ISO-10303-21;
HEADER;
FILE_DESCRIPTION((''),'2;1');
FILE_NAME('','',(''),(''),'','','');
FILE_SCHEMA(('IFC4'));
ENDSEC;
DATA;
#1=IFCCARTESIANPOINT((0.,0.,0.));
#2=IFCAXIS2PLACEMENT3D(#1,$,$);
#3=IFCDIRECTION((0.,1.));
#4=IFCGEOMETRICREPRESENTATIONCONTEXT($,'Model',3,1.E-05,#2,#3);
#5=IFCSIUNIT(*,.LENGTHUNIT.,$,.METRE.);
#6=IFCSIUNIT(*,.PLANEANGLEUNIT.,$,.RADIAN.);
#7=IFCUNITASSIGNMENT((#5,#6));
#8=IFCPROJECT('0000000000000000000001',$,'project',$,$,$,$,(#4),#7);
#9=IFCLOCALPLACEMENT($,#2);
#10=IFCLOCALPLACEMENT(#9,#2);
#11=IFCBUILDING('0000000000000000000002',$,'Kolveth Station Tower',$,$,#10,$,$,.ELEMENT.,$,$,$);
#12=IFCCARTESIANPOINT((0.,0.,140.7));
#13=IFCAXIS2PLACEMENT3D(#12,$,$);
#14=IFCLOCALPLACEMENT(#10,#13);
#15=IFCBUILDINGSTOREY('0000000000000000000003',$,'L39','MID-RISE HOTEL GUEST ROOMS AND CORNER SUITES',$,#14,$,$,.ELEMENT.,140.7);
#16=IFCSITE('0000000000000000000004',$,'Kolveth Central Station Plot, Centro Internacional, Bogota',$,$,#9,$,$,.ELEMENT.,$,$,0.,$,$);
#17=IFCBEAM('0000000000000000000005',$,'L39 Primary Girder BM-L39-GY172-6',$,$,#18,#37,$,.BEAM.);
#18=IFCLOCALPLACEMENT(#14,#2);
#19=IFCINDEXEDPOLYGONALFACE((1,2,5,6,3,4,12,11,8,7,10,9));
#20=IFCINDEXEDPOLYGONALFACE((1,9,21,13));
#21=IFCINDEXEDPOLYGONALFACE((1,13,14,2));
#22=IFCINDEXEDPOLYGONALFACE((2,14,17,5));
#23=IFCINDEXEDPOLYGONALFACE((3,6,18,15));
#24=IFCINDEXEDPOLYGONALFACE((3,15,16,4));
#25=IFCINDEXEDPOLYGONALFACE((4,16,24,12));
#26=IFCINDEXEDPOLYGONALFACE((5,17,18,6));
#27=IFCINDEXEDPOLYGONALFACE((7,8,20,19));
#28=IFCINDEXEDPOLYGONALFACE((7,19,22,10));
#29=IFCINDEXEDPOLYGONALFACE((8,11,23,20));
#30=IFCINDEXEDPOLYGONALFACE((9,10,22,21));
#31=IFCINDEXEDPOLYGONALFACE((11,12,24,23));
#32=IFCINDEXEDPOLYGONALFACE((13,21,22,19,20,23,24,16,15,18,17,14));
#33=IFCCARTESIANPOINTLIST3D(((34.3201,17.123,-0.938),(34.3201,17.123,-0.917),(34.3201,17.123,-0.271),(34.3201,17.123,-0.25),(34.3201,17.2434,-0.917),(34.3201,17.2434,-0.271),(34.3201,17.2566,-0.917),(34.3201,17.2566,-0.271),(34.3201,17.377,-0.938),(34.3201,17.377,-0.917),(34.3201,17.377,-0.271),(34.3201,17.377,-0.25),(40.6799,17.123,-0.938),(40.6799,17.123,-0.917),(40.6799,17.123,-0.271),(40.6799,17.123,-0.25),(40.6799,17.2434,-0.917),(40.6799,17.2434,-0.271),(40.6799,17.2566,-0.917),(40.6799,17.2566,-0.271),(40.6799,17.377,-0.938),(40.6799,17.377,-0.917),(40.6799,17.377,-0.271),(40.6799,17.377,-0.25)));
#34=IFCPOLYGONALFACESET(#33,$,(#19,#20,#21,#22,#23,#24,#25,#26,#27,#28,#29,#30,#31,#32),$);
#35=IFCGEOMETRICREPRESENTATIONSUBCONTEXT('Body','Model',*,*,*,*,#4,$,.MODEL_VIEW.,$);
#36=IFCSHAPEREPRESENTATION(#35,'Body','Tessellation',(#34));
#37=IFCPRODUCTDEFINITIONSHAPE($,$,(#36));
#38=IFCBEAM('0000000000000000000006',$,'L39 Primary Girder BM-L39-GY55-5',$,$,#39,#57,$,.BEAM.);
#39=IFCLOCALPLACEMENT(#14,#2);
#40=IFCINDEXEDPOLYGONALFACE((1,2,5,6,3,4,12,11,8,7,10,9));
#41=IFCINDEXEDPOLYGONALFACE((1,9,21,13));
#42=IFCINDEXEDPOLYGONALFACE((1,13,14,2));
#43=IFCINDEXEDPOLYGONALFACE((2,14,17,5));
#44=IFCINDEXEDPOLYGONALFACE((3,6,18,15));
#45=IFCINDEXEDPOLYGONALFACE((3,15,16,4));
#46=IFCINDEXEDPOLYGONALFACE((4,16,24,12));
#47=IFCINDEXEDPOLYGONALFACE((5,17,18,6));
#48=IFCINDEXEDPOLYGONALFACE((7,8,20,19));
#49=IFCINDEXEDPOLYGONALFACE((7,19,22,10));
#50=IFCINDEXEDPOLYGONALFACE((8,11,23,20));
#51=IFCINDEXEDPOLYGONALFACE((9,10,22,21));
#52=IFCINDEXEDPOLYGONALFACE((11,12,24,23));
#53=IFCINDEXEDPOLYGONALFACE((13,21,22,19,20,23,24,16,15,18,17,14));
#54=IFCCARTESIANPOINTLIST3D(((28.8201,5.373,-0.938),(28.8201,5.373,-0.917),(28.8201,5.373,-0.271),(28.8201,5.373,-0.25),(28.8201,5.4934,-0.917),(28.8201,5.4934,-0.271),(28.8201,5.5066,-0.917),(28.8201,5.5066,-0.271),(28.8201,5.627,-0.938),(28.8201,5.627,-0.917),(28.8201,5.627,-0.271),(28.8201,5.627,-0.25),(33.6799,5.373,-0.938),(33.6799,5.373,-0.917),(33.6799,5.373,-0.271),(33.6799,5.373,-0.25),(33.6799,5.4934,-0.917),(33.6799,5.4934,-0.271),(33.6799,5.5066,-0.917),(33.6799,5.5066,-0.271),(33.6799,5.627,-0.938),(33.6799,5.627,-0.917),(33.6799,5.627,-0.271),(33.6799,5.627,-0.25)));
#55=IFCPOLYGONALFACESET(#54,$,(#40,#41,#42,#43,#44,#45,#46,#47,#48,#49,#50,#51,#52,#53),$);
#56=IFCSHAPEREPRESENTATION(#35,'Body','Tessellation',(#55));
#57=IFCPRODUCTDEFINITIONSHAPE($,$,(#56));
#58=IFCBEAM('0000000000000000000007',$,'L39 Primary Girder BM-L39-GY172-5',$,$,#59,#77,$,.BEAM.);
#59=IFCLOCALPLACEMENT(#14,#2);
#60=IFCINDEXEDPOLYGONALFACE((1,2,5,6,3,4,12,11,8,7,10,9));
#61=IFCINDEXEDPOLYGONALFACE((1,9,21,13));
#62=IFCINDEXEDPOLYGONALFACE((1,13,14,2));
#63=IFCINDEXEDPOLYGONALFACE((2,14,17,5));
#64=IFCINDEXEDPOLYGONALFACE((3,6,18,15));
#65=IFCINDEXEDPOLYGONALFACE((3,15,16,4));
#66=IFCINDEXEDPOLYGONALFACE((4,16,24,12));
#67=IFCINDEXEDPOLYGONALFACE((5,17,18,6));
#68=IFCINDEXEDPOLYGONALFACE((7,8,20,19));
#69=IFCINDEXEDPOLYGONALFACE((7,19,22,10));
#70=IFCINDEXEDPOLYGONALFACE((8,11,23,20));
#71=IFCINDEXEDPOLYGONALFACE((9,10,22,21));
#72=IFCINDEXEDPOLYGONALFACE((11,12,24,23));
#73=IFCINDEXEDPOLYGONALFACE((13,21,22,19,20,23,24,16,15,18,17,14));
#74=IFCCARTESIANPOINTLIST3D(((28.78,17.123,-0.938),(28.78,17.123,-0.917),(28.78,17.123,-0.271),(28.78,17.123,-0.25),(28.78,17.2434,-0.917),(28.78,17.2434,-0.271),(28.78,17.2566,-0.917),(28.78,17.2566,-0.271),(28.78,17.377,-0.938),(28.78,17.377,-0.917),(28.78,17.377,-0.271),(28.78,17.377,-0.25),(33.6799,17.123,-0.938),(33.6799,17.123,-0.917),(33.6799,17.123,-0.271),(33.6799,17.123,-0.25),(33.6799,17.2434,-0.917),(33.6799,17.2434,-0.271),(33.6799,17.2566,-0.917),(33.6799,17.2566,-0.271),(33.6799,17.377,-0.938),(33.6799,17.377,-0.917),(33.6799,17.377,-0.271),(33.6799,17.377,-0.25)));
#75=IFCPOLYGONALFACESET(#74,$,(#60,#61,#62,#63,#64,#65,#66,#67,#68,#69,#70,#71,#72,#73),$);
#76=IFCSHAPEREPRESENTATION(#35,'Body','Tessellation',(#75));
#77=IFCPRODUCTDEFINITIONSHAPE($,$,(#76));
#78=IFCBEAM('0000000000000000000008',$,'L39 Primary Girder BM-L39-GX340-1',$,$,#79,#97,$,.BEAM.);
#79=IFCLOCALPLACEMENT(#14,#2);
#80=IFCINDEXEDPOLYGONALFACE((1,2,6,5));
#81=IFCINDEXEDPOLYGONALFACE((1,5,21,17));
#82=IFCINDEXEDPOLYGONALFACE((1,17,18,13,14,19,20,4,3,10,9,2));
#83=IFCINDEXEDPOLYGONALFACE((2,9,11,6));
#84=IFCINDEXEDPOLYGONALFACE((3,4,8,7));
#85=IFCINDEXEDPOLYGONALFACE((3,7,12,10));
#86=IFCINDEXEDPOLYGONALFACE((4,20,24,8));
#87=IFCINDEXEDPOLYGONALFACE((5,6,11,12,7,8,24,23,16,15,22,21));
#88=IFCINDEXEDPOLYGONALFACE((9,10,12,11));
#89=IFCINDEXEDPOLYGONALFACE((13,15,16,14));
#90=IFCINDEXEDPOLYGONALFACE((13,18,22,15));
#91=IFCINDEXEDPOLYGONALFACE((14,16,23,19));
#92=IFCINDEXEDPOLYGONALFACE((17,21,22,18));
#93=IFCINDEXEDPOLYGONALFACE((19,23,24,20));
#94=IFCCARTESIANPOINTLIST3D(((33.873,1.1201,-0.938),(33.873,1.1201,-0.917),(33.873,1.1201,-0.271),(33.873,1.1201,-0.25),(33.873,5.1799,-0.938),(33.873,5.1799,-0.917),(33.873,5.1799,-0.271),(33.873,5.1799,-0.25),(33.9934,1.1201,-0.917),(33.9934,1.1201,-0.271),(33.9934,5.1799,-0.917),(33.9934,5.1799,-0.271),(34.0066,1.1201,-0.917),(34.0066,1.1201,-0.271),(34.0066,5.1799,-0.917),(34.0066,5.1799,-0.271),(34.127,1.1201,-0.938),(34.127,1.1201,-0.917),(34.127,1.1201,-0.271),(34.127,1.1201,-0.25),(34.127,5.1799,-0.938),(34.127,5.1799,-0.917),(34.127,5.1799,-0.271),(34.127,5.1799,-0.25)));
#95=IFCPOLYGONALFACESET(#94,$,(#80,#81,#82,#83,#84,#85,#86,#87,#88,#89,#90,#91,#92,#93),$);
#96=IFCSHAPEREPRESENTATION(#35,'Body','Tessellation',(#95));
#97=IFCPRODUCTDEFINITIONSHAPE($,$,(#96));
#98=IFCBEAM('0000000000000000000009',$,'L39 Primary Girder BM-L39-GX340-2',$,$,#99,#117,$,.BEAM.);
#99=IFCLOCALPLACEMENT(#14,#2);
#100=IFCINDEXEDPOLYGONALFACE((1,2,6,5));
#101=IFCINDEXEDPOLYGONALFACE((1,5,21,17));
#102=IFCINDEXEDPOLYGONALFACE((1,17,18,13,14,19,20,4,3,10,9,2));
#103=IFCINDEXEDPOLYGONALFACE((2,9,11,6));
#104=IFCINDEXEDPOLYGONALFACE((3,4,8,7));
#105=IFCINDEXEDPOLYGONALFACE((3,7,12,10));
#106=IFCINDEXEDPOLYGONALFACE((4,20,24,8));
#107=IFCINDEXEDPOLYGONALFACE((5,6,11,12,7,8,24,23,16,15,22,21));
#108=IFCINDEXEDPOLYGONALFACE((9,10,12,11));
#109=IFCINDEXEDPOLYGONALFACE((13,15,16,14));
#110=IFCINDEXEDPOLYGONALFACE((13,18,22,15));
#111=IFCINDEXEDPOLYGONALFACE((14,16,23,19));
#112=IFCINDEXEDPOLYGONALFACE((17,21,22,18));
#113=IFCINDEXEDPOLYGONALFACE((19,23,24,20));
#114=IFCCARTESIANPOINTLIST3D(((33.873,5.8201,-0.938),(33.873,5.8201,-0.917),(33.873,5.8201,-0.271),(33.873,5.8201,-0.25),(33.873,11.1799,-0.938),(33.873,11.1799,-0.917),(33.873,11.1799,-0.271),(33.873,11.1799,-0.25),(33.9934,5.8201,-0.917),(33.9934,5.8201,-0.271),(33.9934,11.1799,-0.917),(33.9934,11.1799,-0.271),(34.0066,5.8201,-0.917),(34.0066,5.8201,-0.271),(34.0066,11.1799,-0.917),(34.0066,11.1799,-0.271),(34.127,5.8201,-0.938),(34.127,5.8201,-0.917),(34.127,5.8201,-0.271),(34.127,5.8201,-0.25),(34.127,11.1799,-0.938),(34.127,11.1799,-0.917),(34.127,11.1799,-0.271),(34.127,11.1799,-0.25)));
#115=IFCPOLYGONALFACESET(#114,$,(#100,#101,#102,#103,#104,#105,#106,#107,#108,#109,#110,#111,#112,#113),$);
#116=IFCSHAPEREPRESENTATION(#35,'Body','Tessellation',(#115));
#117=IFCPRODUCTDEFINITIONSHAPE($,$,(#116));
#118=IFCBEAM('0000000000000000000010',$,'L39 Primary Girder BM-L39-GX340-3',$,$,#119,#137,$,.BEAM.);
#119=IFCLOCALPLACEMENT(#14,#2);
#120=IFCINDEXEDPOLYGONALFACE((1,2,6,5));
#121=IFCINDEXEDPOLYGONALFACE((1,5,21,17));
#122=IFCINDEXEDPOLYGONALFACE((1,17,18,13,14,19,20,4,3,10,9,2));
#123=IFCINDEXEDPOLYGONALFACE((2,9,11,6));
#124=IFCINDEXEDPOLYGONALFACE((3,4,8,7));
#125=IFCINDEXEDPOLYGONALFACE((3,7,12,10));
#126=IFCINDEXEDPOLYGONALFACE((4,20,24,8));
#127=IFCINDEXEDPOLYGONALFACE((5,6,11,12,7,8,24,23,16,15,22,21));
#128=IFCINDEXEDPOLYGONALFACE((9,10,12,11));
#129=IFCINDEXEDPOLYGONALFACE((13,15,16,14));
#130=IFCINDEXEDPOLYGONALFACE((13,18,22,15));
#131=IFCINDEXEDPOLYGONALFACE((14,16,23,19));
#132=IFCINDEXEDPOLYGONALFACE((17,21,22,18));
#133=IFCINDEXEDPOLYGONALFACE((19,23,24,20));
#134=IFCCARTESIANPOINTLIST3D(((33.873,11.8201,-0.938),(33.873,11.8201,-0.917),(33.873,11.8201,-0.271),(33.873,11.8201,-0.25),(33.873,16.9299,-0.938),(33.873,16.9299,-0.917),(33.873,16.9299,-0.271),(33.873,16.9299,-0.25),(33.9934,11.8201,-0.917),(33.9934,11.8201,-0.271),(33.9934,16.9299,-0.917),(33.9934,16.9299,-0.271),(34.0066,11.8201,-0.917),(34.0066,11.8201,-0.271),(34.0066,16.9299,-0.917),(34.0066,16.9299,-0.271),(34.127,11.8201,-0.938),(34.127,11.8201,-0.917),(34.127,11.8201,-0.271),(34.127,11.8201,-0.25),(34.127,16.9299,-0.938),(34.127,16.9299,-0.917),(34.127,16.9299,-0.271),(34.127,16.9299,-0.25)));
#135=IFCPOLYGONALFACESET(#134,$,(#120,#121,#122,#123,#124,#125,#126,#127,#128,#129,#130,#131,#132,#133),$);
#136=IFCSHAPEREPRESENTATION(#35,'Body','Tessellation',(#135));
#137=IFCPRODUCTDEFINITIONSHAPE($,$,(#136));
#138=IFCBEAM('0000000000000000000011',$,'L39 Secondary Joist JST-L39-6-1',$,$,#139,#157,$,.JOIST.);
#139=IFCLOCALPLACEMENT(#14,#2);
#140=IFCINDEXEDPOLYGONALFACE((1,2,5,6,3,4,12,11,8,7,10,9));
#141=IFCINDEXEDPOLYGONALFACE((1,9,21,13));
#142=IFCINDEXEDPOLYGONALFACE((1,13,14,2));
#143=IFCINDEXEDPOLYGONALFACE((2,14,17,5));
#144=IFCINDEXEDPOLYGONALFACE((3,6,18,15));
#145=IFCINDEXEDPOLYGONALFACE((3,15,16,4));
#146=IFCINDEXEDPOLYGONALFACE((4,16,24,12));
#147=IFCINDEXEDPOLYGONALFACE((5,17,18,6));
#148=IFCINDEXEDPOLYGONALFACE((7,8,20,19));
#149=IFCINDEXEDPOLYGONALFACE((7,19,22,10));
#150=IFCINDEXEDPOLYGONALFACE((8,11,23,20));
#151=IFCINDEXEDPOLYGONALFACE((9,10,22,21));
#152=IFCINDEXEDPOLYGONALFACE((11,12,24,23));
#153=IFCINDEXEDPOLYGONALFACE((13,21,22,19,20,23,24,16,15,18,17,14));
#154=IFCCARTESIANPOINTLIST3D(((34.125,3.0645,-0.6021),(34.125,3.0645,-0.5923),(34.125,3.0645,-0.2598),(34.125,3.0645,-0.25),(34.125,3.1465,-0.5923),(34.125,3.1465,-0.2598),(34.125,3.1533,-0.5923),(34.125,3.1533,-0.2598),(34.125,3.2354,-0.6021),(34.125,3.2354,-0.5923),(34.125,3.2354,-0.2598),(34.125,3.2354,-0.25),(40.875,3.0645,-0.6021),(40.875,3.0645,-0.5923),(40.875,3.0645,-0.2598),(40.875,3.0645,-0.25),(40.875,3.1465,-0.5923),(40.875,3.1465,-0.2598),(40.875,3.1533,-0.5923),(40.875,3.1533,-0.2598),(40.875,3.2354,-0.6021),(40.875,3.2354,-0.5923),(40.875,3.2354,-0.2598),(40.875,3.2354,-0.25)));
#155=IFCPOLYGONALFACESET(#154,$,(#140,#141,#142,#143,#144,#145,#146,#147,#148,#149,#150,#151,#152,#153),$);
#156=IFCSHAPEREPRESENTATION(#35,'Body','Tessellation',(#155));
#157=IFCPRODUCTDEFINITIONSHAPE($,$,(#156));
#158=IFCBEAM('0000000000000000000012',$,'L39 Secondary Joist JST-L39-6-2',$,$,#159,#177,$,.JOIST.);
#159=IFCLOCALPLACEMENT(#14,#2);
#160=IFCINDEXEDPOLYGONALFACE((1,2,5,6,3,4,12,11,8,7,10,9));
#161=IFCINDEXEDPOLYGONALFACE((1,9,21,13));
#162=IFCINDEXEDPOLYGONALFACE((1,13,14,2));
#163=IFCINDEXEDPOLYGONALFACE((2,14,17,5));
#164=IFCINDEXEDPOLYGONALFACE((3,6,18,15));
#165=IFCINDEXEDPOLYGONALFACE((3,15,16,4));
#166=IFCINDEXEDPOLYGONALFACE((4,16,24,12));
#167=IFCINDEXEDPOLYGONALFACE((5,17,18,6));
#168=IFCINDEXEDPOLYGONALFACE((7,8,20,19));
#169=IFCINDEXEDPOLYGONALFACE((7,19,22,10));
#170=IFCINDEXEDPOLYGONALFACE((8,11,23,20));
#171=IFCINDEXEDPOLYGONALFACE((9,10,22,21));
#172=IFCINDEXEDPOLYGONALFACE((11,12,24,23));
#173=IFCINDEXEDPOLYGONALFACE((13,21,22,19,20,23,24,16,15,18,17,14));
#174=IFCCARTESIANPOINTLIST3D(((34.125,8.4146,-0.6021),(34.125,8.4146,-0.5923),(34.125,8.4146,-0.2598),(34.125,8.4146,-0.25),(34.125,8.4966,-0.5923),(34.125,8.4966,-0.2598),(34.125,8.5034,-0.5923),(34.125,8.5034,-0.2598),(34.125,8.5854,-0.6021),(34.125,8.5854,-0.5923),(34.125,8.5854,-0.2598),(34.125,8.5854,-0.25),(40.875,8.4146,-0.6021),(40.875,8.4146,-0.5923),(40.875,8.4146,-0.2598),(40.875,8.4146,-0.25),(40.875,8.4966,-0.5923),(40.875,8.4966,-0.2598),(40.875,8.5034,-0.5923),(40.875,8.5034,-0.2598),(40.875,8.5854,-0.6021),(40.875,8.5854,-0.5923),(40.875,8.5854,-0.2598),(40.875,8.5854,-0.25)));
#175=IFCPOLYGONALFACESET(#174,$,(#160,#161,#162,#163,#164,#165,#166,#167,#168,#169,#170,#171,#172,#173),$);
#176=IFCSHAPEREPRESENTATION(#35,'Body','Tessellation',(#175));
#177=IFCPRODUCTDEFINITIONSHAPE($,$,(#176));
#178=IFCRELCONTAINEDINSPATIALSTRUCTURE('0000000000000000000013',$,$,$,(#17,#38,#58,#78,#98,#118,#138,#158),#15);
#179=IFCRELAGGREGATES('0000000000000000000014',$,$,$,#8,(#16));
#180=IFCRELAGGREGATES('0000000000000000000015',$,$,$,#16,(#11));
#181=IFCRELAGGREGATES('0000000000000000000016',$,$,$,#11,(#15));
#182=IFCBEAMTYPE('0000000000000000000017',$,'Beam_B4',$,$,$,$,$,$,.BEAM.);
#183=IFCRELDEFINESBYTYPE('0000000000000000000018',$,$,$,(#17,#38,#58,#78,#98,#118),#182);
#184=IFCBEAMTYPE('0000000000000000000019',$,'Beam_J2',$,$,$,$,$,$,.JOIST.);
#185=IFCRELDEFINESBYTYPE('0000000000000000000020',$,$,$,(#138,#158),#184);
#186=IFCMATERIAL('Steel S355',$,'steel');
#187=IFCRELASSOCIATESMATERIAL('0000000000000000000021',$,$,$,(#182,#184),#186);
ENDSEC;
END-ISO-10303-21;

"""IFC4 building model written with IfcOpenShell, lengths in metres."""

from ifc_helpers import new_model, si_unit, direction, frame, origin, origin_2d, place, context, subcontext, project, spatial, i_section, extrude, source, transform, mapped, material, material_profile, profile_set, type_object, element, save


model = new_model("IFC4")

# Units and contexts
model_context = context("Model", 3, precision=1e-05, world=origin(), true_north=direction((0.0, 1.0)))
body_context = subcontext(model_context, "Body", "Model", "MODEL_VIEW")
ifc_project = project(units=[si_unit("LENGTHUNIT", "METRE"), si_unit("PLANEANGLEUNIT", "RADIAN")], contexts=[model_context])

# Site, building, storey
site_placement = place(None, origin())
site = spatial("IfcSite", under=ifc_project, at=site_placement, Name="Kolveth Central Station Plot, Centro Internacional, Bogota", CompositionType="ELEMENT", RefElevation=0.0)
building_placement = place(site_placement, origin())
building = spatial("IfcBuilding", under=site, at=building_placement, Name="Kolveth Station Tower", CompositionType="ELEMENT")
storey_placement = place(building_placement, frame((0.0, 0.0, 140.7)))
storey = spatial("IfcBuildingStorey", under=building, at=storey_placement, Name="L39", Description="MID-RISE HOTEL GUEST ROOMS AND CORNER SUITES", CompositionType="ELEMENT", Elevation=140.7)

# Beams
ifc_material_1 = material(Name="Steel S355", Category="steel")
ifc_material_profile_1 = material_profile(ifc_material_1, i_section(OverallWidth=0.2539, OverallDepth=0.688, WebThickness=0.0132, FlangeThickness=0.021, at=origin_2d()), Name="W690x152")
ifc_profile_set_1 = profile_set([ifc_material_profile_1], Name="Steel S355")
beam_type_1 = type_object("IfcBeamType", Name="Beam_B4", PredefinedType="BEAM", material=ifc_profile_set_1)
shared_shape_1 = source(origin(), body_context, "Body", "SweptSolid", [
    extrude(i_section(OverallWidth=0.2539, OverallDepth=0.688, WebThickness=0.0132, FlangeThickness=0.021, at=origin_2d()), origin(), (0.0, 0.0, 1.0), 6.3599),
])
for number, where, z_axis, x_axis, name in (
    (1, (34.3201, 17.25, -0.594), (1.0, 0.0, 0.0), (0.0, 1.0, 0.0), "L39 Primary Girder BM-L39-GY172-6"),
):
    element("IfcBeam", number, at=place(storey_placement, frame(where, z_axis=z_axis, x_axis=x_axis)), inside=storey, type_object=beam_type_1, Name=name, PredefinedType="BEAM", context=body_context, shape_type="MappedRepresentation", body=[
        mapped(shared_shape_1, transform((0.0, 0.0, 0.0), x_axis=(1.0, 0.0, 0.0), y_axis=(0.0, 1.0, 0.0), z_axis=(0.0, 0.0, 1.0), scale=1.0)),
    ])
shared_shape_2 = source(origin(), body_context, "Body", "SweptSolid", [
    extrude(i_section(OverallWidth=0.2539, OverallDepth=0.688, WebThickness=0.0132, FlangeThickness=0.021, at=origin_2d()), origin(), (0.0, 0.0, 1.0), 4.8599),
])
beam_1_placement = place(storey_placement, frame((28.8201, 5.5, -0.594), z_axis=(1.0, 0.0, 0.0), x_axis=(0.0, 1.0, 0.0)))
element("IfcBeam", 2, at=beam_1_placement, inside=storey, type_object=beam_type_1, Name="L39 Primary Girder BM-L39-GY55-5", PredefinedType="BEAM", context=body_context, shape_type="MappedRepresentation", body=[
    mapped(shared_shape_2, transform((0.0, 0.0, 0.0), x_axis=(1.0, 0.0, 0.0), y_axis=(0.0, 1.0, 0.0), z_axis=(0.0, 0.0, 1.0), scale=1.0)),
])
shared_shape_3 = source(origin(), body_context, "Body", "SweptSolid", [
    extrude(i_section(OverallWidth=0.2539, OverallDepth=0.688, WebThickness=0.0132, FlangeThickness=0.021, at=origin_2d()), origin(), (0.0, 0.0, 1.0), 4.8999),
])
beam_2_placement = place(storey_placement, frame((28.78, 17.25, -0.594), z_axis=(1.0, 0.0, 0.0), x_axis=(0.0, 1.0, 0.0)))
element("IfcBeam", 3, at=beam_2_placement, inside=storey, type_object=beam_type_1, Name="L39 Primary Girder BM-L39-GY172-5", PredefinedType="BEAM", context=body_context, shape_type="MappedRepresentation", body=[
    mapped(shared_shape_3, transform((0.0, 0.0, 0.0), x_axis=(1.0, 0.0, 0.0), y_axis=(0.0, 1.0, 0.0), z_axis=(0.0, 0.0, 1.0), scale=1.0)),
])
shared_shape_4 = source(origin(), body_context, "Body", "SweptSolid", [
    extrude(i_section(OverallWidth=0.2539, OverallDepth=0.688, WebThickness=0.0132, FlangeThickness=0.021, at=origin_2d()), origin(), (0.0, 0.0, 1.0), 4.0598),
])
beam_3_placement = place(storey_placement, frame((34.0, 1.1201, -0.594), z_axis=(0.0, 1.0, 0.0), x_axis=(-1.0, 0.0, 0.0)))
element("IfcBeam", 4, at=beam_3_placement, inside=storey, type_object=beam_type_1, Name="L39 Primary Girder BM-L39-GX340-1", PredefinedType="BEAM", context=body_context, shape_type="MappedRepresentation", body=[
    mapped(shared_shape_4, transform((0.0, 0.0, 0.0), x_axis=(1.0, 0.0, 0.0), y_axis=(0.0, 1.0, 0.0), z_axis=(0.0, 0.0, 1.0), scale=1.0)),
])
shared_shape_5 = source(origin(), body_context, "Body", "SweptSolid", [
    extrude(i_section(OverallWidth=0.2539, OverallDepth=0.688, WebThickness=0.0132, FlangeThickness=0.021, at=origin_2d()), origin(), (0.0, 0.0, 1.0), 5.3599),
])
beam_4_placement = place(storey_placement, frame((34.0, 5.8201, -0.594), z_axis=(0.0, 1.0, 0.0), x_axis=(-1.0, 0.0, 0.0)))
element("IfcBeam", 5, at=beam_4_placement, inside=storey, type_object=beam_type_1, Name="L39 Primary Girder BM-L39-GX340-2", PredefinedType="BEAM", context=body_context, shape_type="MappedRepresentation", body=[
    mapped(shared_shape_5, transform((0.0, 0.0, 0.0), x_axis=(1.0, 0.0, 0.0), y_axis=(0.0, 1.0, 0.0), z_axis=(0.0, 0.0, 1.0), scale=1.0)),
])
shared_shape_6 = source(origin(), body_context, "Body", "SweptSolid", [
    extrude(i_section(OverallWidth=0.2539, OverallDepth=0.688, WebThickness=0.0132, FlangeThickness=0.021, at=origin_2d()), origin(), (0.0, 0.0, 1.0), 5.1099),
])
beam_5_placement = place(storey_placement, frame((34.0, 11.8201, -0.594), z_axis=(0.0, 1.0, 0.0), x_axis=(-1.0, 0.0, 0.0)))
element("IfcBeam", 6, at=beam_5_placement, inside=storey, type_object=beam_type_1, Name="L39 Primary Girder BM-L39-GX340-3", PredefinedType="BEAM", context=body_context, shape_type="MappedRepresentation", body=[
    mapped(shared_shape_6, transform((0.0, 0.0, 0.0), x_axis=(1.0, 0.0, 0.0), y_axis=(0.0, 1.0, 0.0), z_axis=(0.0, 0.0, 1.0), scale=1.0)),
])
ifc_material_profile_2 = material_profile(ifc_material_1, i_section(OverallWidth=0.1709, OverallDepth=0.3521, WebThickness=0.0068, FlangeThickness=0.0098, at=origin_2d()), Name="W360x44")
ifc_profile_set_2 = profile_set([ifc_material_profile_2], Name="Steel S355")
beam_type_2 = type_object("IfcBeamType", Name="Beam_J2", PredefinedType="JOIST", material=ifc_profile_set_2)
shared_shape_7 = source(origin(), body_context, "Body", "SweptSolid", [
    extrude(i_section(OverallWidth=0.1709, OverallDepth=0.3521, WebThickness=0.0068, FlangeThickness=0.0098, at=origin_2d()), origin(), (0.0, 0.0, 1.0), 6.75),
])
for number, where, z_axis, x_axis, name in (
    (7, (34.125, 3.1499, -0.426), (1.0, 0.0, 0.0), (0.0, 1.0, 0.0), "L39 Secondary Joist JST-L39-6-1"),
    (8, (34.125, 8.5, -0.426), (1.0, 0.0, 0.0), (0.0, 1.0, 0.0), "L39 Secondary Joist JST-L39-6-2"),
):
    element("IfcBeam", number, at=place(storey_placement, frame(where, z_axis=z_axis, x_axis=x_axis)), inside=storey, type_object=beam_type_2, Name=name, PredefinedType="JOIST", context=body_context, shape_type="MappedRepresentation", body=[
        mapped(shared_shape_7, transform((0.0, 0.0, 0.0), x_axis=(1.0, 0.0, 0.0), y_axis=(0.0, 1.0, 0.0), z_axis=(0.0, 0.0, 1.0), scale=1.0)),
    ])

save(model, "model.ifc")
